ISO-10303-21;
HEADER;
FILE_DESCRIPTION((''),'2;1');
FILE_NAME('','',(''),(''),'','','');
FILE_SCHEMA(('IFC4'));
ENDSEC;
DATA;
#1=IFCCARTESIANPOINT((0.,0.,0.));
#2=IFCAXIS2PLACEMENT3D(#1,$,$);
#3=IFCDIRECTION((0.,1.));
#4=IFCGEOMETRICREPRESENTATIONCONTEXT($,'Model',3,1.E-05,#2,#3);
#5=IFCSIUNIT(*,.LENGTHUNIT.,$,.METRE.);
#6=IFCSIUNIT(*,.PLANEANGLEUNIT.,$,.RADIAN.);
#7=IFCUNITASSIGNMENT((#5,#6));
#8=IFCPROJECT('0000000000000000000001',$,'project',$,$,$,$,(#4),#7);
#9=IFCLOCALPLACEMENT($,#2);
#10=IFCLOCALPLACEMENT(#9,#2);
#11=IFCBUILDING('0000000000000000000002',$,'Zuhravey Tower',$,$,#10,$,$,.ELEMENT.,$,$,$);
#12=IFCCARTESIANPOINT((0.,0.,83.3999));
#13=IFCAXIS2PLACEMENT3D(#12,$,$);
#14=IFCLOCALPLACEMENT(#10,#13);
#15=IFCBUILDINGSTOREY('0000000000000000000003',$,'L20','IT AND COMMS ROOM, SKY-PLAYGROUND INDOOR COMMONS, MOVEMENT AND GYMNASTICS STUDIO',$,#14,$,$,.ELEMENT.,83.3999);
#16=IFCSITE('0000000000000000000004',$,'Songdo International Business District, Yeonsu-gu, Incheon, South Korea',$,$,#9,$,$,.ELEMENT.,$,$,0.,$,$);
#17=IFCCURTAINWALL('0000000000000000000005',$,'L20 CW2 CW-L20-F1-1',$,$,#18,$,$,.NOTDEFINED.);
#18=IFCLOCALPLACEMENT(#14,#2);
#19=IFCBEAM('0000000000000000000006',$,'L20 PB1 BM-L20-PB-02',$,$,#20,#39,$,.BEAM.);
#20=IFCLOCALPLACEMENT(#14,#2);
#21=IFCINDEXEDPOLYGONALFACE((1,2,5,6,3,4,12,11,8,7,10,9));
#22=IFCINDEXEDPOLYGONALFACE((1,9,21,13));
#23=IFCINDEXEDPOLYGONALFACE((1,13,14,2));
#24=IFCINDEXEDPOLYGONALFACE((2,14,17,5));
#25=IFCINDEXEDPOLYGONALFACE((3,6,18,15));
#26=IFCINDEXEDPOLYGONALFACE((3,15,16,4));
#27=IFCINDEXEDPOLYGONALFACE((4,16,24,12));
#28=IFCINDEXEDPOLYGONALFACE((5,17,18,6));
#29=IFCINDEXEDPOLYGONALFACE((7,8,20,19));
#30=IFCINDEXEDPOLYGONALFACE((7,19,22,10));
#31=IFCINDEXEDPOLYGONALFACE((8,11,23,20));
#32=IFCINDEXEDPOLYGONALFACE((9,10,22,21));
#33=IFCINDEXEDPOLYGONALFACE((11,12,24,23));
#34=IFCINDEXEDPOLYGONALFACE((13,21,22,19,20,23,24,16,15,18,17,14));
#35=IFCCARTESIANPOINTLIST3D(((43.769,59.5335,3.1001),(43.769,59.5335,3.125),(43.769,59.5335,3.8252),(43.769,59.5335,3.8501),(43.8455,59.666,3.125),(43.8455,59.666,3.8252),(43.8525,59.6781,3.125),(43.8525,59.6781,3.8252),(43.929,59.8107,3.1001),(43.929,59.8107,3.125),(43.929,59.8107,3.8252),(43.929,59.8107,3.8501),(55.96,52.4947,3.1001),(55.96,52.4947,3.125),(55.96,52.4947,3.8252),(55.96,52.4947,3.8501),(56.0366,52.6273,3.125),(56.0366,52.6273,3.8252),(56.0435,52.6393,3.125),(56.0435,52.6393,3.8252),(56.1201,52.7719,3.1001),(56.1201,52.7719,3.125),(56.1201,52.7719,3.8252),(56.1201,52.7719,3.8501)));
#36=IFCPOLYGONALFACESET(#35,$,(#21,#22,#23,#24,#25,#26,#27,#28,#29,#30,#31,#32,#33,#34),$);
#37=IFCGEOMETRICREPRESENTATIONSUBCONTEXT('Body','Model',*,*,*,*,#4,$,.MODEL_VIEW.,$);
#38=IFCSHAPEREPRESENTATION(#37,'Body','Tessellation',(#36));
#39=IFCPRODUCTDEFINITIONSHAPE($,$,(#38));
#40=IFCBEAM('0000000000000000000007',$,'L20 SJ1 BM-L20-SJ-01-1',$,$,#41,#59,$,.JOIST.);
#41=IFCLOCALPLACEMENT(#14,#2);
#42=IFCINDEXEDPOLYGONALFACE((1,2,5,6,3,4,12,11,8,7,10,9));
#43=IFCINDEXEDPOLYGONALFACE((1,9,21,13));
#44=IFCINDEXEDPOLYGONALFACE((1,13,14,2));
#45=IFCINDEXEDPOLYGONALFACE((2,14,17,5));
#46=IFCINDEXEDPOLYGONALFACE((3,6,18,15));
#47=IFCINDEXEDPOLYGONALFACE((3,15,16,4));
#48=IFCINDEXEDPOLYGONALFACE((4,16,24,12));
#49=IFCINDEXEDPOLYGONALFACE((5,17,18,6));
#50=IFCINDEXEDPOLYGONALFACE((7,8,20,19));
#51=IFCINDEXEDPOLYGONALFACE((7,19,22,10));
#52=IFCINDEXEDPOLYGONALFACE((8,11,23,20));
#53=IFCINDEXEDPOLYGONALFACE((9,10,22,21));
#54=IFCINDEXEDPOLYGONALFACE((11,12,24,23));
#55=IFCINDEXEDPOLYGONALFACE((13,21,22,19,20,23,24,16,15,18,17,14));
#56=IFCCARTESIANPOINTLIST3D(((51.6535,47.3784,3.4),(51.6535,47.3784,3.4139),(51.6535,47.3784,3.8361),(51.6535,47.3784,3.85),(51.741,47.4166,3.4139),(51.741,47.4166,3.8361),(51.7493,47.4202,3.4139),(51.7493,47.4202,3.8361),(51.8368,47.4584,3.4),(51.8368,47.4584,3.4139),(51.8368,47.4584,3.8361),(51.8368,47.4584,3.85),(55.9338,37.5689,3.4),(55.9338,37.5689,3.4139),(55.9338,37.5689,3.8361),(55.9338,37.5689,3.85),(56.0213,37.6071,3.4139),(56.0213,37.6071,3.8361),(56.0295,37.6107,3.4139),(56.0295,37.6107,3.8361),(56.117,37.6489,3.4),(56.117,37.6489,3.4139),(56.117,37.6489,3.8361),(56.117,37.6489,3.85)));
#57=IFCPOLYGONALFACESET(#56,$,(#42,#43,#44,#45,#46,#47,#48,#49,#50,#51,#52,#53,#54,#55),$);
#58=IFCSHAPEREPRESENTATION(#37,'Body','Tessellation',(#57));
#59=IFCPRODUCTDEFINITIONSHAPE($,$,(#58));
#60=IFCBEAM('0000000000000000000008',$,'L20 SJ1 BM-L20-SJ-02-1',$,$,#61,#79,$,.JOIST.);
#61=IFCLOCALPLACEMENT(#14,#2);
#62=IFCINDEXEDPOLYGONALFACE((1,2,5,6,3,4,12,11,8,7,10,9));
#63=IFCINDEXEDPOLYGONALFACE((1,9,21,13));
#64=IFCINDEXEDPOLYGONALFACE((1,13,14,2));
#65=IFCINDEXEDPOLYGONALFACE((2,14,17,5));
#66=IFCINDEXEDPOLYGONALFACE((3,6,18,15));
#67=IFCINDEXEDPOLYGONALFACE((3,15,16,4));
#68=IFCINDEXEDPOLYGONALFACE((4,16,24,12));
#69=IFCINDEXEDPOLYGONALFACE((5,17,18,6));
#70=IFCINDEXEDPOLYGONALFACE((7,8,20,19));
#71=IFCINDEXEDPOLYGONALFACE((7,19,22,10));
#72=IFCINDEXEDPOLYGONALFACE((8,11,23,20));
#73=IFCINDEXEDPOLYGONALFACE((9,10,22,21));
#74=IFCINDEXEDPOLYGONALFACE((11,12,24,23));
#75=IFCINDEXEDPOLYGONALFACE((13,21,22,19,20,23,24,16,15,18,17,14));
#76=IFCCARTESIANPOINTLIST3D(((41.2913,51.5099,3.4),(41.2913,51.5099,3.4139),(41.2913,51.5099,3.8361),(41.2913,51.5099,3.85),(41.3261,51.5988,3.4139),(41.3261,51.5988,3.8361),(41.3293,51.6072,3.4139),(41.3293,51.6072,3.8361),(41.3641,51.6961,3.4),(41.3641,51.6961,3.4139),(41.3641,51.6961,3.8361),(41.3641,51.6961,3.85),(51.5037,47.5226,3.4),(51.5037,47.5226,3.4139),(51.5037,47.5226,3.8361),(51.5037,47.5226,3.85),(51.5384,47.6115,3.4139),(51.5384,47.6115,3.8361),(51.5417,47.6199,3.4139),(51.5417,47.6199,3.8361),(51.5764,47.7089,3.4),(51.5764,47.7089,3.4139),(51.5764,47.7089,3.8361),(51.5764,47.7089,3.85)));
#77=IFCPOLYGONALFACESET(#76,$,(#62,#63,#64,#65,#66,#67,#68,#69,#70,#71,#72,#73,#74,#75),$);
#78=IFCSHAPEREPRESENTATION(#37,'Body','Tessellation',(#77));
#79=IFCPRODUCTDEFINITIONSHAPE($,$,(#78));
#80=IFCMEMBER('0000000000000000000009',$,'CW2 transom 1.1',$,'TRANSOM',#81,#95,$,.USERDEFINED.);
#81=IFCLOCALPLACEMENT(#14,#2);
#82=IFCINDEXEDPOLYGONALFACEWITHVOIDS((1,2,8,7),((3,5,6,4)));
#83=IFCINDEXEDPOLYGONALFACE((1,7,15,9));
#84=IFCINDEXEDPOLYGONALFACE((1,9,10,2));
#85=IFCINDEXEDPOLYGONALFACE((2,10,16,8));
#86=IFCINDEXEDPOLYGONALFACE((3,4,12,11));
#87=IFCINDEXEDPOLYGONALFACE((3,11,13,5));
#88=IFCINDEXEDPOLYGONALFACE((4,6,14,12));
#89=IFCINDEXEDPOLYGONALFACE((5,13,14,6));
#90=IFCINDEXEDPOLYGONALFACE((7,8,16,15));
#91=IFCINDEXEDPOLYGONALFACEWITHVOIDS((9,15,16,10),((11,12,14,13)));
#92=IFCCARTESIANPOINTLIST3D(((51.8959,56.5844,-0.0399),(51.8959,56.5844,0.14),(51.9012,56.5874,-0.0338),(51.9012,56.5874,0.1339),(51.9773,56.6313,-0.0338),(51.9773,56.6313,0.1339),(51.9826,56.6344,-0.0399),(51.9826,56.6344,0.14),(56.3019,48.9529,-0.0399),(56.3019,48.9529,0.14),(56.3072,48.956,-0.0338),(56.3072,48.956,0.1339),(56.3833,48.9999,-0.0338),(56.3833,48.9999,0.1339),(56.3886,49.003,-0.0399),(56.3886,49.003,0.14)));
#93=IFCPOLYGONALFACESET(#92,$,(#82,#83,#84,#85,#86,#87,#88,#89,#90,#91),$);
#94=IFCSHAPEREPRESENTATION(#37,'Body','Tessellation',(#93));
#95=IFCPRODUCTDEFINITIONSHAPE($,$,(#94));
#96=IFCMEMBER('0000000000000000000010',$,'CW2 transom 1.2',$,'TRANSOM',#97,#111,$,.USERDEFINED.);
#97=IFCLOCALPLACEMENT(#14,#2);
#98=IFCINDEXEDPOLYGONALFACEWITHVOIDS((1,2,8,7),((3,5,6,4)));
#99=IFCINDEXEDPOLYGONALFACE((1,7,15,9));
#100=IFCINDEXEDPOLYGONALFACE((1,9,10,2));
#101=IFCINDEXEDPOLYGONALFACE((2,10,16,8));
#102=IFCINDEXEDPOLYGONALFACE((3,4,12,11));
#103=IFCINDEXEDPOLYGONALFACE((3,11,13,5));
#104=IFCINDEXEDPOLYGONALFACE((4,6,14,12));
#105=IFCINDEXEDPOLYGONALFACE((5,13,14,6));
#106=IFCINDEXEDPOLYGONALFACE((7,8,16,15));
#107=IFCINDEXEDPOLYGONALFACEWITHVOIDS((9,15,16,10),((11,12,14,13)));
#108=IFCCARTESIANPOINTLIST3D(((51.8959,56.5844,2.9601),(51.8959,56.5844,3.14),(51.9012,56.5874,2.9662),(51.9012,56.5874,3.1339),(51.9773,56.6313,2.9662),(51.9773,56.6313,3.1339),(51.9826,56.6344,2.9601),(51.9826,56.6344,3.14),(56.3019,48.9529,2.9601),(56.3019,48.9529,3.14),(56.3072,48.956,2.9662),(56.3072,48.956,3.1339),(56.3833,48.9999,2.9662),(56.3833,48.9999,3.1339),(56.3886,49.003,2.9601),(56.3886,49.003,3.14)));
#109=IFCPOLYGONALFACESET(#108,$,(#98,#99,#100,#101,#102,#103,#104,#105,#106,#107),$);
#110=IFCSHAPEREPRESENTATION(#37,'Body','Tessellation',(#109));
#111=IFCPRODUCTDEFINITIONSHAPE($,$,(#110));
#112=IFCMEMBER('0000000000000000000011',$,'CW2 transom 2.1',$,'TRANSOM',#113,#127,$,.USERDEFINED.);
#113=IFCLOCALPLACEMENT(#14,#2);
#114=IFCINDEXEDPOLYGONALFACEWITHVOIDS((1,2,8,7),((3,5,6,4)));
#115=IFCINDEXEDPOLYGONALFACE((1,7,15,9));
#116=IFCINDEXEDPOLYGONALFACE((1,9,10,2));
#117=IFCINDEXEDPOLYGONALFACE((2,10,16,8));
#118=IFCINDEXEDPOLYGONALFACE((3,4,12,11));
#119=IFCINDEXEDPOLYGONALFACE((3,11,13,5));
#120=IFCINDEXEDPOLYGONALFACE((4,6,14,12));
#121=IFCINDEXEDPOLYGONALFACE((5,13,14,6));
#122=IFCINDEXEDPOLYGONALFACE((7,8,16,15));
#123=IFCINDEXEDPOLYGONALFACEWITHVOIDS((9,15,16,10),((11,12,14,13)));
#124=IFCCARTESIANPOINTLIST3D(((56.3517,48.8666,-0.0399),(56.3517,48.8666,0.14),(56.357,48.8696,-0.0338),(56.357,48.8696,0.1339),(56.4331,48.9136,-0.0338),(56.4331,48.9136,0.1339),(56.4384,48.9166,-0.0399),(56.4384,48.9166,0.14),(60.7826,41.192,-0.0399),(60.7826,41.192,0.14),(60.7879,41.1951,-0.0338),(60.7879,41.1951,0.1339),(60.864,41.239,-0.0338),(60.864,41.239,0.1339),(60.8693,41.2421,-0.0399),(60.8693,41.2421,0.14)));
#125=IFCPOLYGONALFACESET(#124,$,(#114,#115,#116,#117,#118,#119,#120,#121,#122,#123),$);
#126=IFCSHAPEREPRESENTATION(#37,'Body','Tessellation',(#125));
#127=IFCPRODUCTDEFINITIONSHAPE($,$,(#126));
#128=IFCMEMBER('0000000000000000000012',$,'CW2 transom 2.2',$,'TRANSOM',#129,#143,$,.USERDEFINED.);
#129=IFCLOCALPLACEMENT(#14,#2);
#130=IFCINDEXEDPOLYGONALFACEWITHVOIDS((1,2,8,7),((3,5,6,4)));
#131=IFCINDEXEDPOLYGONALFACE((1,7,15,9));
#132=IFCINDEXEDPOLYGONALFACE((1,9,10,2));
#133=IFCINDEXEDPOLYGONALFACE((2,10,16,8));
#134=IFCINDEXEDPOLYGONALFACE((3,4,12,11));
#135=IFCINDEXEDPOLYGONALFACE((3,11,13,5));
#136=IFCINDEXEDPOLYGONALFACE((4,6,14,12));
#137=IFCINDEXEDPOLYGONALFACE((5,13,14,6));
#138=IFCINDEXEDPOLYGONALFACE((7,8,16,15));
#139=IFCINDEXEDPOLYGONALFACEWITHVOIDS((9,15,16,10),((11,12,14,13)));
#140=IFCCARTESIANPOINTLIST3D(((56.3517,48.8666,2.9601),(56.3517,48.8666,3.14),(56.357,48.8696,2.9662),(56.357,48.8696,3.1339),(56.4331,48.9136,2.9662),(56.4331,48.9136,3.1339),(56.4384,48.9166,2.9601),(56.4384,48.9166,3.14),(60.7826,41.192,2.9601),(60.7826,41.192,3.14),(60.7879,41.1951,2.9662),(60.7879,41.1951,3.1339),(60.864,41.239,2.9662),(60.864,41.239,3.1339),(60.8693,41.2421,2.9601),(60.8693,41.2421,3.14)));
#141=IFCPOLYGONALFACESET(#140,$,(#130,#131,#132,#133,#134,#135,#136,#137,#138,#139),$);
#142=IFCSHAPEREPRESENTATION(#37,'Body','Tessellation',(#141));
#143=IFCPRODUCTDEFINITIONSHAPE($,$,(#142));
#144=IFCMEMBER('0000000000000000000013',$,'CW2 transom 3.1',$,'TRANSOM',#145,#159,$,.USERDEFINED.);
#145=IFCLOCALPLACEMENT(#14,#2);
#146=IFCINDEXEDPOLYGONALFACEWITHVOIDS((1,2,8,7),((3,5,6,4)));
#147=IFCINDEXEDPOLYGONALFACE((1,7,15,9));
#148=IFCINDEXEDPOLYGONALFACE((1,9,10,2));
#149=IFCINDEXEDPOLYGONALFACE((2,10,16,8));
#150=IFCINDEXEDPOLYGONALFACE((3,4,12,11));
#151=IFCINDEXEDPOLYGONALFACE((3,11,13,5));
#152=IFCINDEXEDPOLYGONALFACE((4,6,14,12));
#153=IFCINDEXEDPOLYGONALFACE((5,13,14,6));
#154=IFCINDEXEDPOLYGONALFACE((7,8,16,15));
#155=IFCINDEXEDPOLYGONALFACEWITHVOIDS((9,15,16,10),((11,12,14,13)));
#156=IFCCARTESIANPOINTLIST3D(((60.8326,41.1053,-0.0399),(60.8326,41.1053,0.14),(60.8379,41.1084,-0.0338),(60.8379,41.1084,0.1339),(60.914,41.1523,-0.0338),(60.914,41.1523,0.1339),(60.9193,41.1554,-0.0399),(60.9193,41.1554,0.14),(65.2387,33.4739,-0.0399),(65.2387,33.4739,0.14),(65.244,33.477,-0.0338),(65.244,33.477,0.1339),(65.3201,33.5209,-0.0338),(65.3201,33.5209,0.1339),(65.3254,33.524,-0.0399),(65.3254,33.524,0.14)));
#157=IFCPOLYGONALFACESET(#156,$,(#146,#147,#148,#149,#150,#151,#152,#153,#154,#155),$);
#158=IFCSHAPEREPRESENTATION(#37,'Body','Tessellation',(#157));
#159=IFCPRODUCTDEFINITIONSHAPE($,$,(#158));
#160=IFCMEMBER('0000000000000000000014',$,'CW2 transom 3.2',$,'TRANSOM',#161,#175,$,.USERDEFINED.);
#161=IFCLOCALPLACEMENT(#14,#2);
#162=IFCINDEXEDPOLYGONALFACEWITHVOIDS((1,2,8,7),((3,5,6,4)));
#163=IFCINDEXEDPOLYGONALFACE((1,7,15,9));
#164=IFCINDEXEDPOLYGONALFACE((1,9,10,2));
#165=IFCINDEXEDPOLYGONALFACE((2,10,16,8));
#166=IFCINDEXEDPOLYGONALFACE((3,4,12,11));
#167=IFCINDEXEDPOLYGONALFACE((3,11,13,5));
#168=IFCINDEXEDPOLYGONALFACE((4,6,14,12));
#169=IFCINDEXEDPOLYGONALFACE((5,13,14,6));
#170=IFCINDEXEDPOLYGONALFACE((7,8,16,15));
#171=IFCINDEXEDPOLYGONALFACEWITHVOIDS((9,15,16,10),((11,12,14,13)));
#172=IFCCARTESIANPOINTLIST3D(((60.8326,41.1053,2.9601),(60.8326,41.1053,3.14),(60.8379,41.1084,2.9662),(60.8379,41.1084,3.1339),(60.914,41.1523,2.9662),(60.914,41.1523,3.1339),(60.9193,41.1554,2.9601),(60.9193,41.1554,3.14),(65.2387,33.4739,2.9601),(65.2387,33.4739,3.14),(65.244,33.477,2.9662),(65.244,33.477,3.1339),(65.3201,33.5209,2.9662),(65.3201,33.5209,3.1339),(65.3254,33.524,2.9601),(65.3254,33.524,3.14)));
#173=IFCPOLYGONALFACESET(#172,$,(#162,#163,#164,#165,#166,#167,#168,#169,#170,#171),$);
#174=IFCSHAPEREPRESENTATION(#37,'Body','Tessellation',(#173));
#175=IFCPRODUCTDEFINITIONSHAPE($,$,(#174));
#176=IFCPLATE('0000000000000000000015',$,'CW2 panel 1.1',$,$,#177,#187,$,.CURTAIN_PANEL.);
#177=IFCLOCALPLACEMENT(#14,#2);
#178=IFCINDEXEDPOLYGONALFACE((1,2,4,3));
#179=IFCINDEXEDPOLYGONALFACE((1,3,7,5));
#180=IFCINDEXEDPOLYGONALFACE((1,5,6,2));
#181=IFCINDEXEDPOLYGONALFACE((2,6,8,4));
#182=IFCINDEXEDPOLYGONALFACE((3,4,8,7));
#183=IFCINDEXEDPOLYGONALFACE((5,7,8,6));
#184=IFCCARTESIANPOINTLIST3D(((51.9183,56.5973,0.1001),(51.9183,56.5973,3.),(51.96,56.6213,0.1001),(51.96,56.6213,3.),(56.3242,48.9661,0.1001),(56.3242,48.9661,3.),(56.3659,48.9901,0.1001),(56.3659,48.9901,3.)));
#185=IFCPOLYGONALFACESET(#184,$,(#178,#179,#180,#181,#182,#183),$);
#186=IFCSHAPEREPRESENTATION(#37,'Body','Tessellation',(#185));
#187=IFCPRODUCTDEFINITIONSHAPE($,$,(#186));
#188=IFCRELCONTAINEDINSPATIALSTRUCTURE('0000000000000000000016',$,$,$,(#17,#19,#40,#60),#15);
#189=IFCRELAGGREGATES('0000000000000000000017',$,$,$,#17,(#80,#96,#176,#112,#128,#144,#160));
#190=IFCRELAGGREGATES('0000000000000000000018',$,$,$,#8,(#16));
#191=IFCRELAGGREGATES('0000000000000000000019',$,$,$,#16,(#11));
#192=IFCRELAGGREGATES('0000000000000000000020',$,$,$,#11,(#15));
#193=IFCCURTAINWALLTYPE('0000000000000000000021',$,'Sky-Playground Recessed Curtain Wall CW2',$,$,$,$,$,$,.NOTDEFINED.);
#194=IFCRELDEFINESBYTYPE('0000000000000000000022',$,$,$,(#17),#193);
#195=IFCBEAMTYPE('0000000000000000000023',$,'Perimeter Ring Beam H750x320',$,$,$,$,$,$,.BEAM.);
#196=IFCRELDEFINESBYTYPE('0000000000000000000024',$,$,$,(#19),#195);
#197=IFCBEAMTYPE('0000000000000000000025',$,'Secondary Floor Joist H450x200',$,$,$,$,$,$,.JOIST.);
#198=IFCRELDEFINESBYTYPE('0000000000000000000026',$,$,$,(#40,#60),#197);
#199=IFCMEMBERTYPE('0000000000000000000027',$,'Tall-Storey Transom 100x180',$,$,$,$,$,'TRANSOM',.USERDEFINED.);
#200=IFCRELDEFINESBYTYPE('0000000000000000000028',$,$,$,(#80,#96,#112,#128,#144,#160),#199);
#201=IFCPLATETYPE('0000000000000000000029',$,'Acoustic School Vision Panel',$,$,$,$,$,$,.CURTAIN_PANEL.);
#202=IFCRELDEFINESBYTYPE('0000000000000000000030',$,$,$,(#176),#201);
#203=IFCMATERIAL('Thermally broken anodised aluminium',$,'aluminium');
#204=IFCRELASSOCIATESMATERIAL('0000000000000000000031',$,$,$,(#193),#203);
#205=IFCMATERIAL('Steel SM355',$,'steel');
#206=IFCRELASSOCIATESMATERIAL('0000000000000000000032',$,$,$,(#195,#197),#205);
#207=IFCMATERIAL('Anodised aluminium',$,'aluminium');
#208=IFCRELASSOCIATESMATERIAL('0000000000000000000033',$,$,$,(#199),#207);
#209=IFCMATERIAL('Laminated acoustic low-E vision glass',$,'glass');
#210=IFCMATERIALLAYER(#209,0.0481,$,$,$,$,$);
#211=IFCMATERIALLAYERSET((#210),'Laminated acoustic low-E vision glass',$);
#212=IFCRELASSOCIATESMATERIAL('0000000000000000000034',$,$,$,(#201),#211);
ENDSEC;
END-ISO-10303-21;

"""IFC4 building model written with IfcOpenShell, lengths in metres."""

from ifc_helpers import new_model, si_unit, direction, frame, origin, origin_2d, place, context, subcontext, project, spatial, rectangle, hollow_rectangle, i_section, extrude, material, layer, layer_set, material_profile, profile_set, type_object, element, aggregate, save


model = new_model("IFC4")

# Units and contexts
model_context = context("Model", 3, precision=1e-05, world=origin(), true_north=direction((0.0, 1.0)))
body_context = subcontext(model_context, "Body", "Model", "MODEL_VIEW")
ifc_project = project(units=[si_unit("LENGTHUNIT", "METRE"), si_unit("PLANEANGLEUNIT", "RADIAN")], contexts=[model_context])

# Site, building, storey
site_placement = place(None, origin())
site = spatial("IfcSite", under=ifc_project, at=site_placement, Name="Songdo International Business District, Yeonsu-gu, Incheon, South Korea", CompositionType="ELEMENT", RefElevation=0.0)
building_placement = place(site_placement, origin())
building = spatial("IfcBuilding", under=site, at=building_placement, Name="Zuhravey Tower", CompositionType="ELEMENT")
storey_placement = place(building_placement, frame((0.0, 0.0, 83.3999)))
storey = spatial("IfcBuildingStorey", under=building, at=storey_placement, Name="L20", Description="IT AND COMMS ROOM, SKY-PLAYGROUND INDOOR COMMONS, MOVEMENT AND GYMNASTICS STUDIO", CompositionType="ELEMENT", Elevation=83.3999)

# Shared definitions
ifc_material_1 = material(Name="Thermally broken anodised aluminium", Category="aluminium")
curtain_wall_type = type_object("IfcCurtainWallType", Name="Sky-Playground Recessed Curtain Wall CW2", PredefinedType="NOTDEFINED", material=ifc_material_1)
ifc_material_2 = material(Name="Anodised aluminium", Category="aluminium")

# Curtain wall
curtain_wall_1_placement = place(storey_placement, origin())
curtain_wall_1 = element("IfcCurtainWall", 1, at=curtain_wall_1_placement, inside=storey, type_object=curtain_wall_type, Name="L20 CW2 CW-L20-F1-1", PredefinedType="NOTDEFINED")

# Beams
ifc_material_3 = material(Name="Steel SM355", Category="steel")
ifc_material_profile_1 = material_profile(ifc_material_3, i_section(OverallWidth=0.3201, OverallDepth=0.75, WebThickness=0.0139, FlangeThickness=0.0249, at=origin_2d()), Name="H-750x320x14x25")
ifc_profile_set_1 = profile_set([ifc_material_profile_1], Name="Steel SM355")
beam_type_1 = type_object("IfcBeamType", Name="Perimeter Ring Beam H750x320", PredefinedType="BEAM", material=ifc_profile_set_1)
beam_1_placement = place(storey_placement, frame((56.04, 52.6333, 3.4751), z_axis=(-0.866018, 0.500013, 0.0), x_axis=(-0.500013, -0.866018, 0.0)))
element("IfcBeam", 2, at=beam_1_placement, inside=storey, type_object=beam_type_1, Name="L20 PB1 BM-L20-PB-02", PredefinedType="BEAM", context=body_context, shape_type="SweptSolid", body=[
    extrude(i_section(OverallWidth=0.3201, OverallDepth=0.75, WebThickness=0.0139, FlangeThickness=0.0249, at=origin_2d()), origin(), (0.0, 0.0, 1.0), 14.0771),
])
ifc_material_profile_2 = material_profile(ifc_material_3, i_section(OverallWidth=0.2, OverallDepth=0.45, WebThickness=0.009, FlangeThickness=0.0139, at=origin_2d()), Name="H-450x200x9x14")
ifc_profile_set_2 = profile_set([ifc_material_profile_2], Name="Steel SM355")
beam_type_2 = type_object("IfcBeamType", Name="Secondary Floor Joist H450x200", PredefinedType="JOIST", material=ifc_profile_set_2)
beam_2_placement = place(storey_placement, frame((56.0254, 37.6089, 3.625), z_axis=(-0.399924, 0.916549, 0.0), x_axis=(-0.916549, -0.399924, 0.0)))
element("IfcBeam", 3, at=beam_2_placement, inside=storey, type_object=beam_type_2, Name="L20 SJ1 BM-L20-SJ-01-1", PredefinedType="JOIST", context=body_context, shape_type="SweptSolid", body=[
    extrude(i_section(OverallWidth=0.2, OverallDepth=0.45, WebThickness=0.009, FlangeThickness=0.0139, at=origin_2d()), origin(), (0.0, 0.0, 1.0), 10.7026),
])
beam_3_placement = place(storey_placement, frame((51.54, 47.6157, 3.625), z_axis=(-0.931517, 0.363699, 0.0), x_axis=(-0.363699, -0.931517, 0.0)))
element("IfcBeam", 4, at=beam_3_placement, inside=storey, type_object=beam_type_2, Name="L20 SJ1 BM-L20-SJ-02-1", PredefinedType="JOIST", context=body_context, shape_type="SweptSolid", body=[
    extrude(i_section(OverallWidth=0.2, OverallDepth=0.45, WebThickness=0.009, FlangeThickness=0.0139, at=origin_2d()), origin(), (0.0, 0.0, 1.0), 10.9631),
])

# Members
ifc_material_profile_3 = material_profile(ifc_material_2, hollow_rectangle(XDim=0.1001, YDim=0.1799, WallThickness=0.0061, at=origin_2d()), Name="ALU-RHS-100x180x6")
ifc_profile_set_3 = profile_set([ifc_material_profile_3], Name="Anodised aluminium")
member_type_1 = type_object("IfcMemberType", Name="Tall-Storey Transom 100x180", ElementType="TRANSOM", PredefinedType="USERDEFINED", material=ifc_profile_set_3)
member_1_placement = place(storey_placement, frame((51.9392, 56.6094, 0.05), z_axis=(0.500004, -0.866023, 0.0), x_axis=(0.866023, 0.500004, 0.0)))
member_1 = element("IfcMember", 5, at=member_1_placement, type_object=member_type_1, Name="CW2 transom 1.1", ObjectType="TRANSOM", PredefinedType="USERDEFINED", context=body_context, shape_type="SweptSolid", body=[
    extrude(hollow_rectangle(XDim=0.1001, YDim=0.1799, WallThickness=0.0061, at=origin_2d()), origin(), (0.0, 0.0, 1.0), 8.812),
])
member_2_placement = place(storey_placement, frame((51.9392, 56.6094, 3.05), z_axis=(0.500004, -0.866023, 0.0), x_axis=(0.866023, 0.500004, 0.0)))
member_2 = element("IfcMember", 6, at=member_2_placement, type_object=member_type_1, Name="CW2 transom 1.2", ObjectType="TRANSOM", PredefinedType="USERDEFINED", context=body_context, shape_type="SweptSolid", body=[
    extrude(hollow_rectangle(XDim=0.1001, YDim=0.1799, WallThickness=0.0061, at=origin_2d()), origin(), (0.0, 0.0, 1.0), 8.812),
])
member_3_placement = place(storey_placement, frame((56.395, 48.8916, 0.05), z_axis=(0.5, -0.866025, 0.0), x_axis=(0.866025, 0.5, 0.0)))
member_3 = element("IfcMember", 7, at=member_3_placement, type_object=member_type_1, Name="CW2 transom 2.1", ObjectType="TRANSOM", PredefinedType="USERDEFINED", context=body_context, shape_type="SweptSolid", body=[
    extrude(hollow_rectangle(XDim=0.1001, YDim=0.1799, WallThickness=0.0061, at=origin_2d()), origin(), (0.0, 0.0, 1.0), 8.8618),
])
member_4_placement = place(storey_placement, frame((56.395, 48.8916, 3.05), z_axis=(0.5, -0.866025, 0.0), x_axis=(0.866025, 0.5, 0.0)))
member_4 = element("IfcMember", 8, at=member_4_placement, type_object=member_type_1, Name="CW2 transom 2.2", ObjectType="TRANSOM", PredefinedType="USERDEFINED", context=body_context, shape_type="SweptSolid", body=[
    extrude(hollow_rectangle(XDim=0.1001, YDim=0.1799, WallThickness=0.0061, at=origin_2d()), origin(), (0.0, 0.0, 1.0), 8.8618),
])
member_5_placement = place(storey_placement, frame((60.876, 41.1304, 0.05), z_axis=(0.500004, -0.866023, 0.0), x_axis=(0.866023, 0.500004, 0.0)))
member_5 = element("IfcMember", 9, at=member_5_placement, type_object=member_type_1, Name="CW2 transom 3.1", ObjectType="TRANSOM", PredefinedType="USERDEFINED", context=body_context, shape_type="SweptSolid", body=[
    extrude(hollow_rectangle(XDim=0.1001, YDim=0.1799, WallThickness=0.0061, at=origin_2d()), origin(), (0.0, 0.0, 1.0), 8.812),
])
member_6_placement = place(storey_placement, frame((60.876, 41.1304, 3.05), z_axis=(0.500004, -0.866023, 0.0), x_axis=(0.866023, 0.500004, 0.0)))
member_6 = element("IfcMember", 10, at=member_6_placement, type_object=member_type_1, Name="CW2 transom 3.2", ObjectType="TRANSOM", PredefinedType="USERDEFINED", context=body_context, shape_type="SweptSolid", body=[
    extrude(hollow_rectangle(XDim=0.1001, YDim=0.1799, WallThickness=0.0061, at=origin_2d()), origin(), (0.0, 0.0, 1.0), 8.812),
])

# Plate
ifc_material_4 = material(Name="Laminated acoustic low-E vision glass", Category="glass")
ifc_layer_1 = layer(ifc_material_4, 0.0481)
ifc_layer_set_1 = layer_set([ifc_layer_1], Name="Laminated acoustic low-E vision glass")
plate_type_1 = type_object("IfcPlateType", Name="Acoustic School Vision Panel", PredefinedType="CURTAIN_PANEL", material=ifc_layer_set_1)
plate_1_placement = place(storey_placement, frame((54.1421, 52.7937, 0.1001), z_axis=(0.0, 0.0, 1.0), x_axis=(0.499999, -0.866026, 0.0)))
plate_1 = element("IfcPlate", 11, at=plate_1_placement, type_object=plate_type_1, Name="CW2 panel 1.1", PredefinedType="CURTAIN_PANEL", context=body_context, shape_type="SweptSolid", body=[
    extrude(rectangle(XDim=8.8118, YDim=0.0481, at=origin_2d()), origin(), (0.0, 0.0, 1.0), 2.8999),
])
aggregate(curtain_wall_1, [member_1, member_2, plate_1, member_3, member_4, member_5, member_6])

save(model, "model.ifc")
